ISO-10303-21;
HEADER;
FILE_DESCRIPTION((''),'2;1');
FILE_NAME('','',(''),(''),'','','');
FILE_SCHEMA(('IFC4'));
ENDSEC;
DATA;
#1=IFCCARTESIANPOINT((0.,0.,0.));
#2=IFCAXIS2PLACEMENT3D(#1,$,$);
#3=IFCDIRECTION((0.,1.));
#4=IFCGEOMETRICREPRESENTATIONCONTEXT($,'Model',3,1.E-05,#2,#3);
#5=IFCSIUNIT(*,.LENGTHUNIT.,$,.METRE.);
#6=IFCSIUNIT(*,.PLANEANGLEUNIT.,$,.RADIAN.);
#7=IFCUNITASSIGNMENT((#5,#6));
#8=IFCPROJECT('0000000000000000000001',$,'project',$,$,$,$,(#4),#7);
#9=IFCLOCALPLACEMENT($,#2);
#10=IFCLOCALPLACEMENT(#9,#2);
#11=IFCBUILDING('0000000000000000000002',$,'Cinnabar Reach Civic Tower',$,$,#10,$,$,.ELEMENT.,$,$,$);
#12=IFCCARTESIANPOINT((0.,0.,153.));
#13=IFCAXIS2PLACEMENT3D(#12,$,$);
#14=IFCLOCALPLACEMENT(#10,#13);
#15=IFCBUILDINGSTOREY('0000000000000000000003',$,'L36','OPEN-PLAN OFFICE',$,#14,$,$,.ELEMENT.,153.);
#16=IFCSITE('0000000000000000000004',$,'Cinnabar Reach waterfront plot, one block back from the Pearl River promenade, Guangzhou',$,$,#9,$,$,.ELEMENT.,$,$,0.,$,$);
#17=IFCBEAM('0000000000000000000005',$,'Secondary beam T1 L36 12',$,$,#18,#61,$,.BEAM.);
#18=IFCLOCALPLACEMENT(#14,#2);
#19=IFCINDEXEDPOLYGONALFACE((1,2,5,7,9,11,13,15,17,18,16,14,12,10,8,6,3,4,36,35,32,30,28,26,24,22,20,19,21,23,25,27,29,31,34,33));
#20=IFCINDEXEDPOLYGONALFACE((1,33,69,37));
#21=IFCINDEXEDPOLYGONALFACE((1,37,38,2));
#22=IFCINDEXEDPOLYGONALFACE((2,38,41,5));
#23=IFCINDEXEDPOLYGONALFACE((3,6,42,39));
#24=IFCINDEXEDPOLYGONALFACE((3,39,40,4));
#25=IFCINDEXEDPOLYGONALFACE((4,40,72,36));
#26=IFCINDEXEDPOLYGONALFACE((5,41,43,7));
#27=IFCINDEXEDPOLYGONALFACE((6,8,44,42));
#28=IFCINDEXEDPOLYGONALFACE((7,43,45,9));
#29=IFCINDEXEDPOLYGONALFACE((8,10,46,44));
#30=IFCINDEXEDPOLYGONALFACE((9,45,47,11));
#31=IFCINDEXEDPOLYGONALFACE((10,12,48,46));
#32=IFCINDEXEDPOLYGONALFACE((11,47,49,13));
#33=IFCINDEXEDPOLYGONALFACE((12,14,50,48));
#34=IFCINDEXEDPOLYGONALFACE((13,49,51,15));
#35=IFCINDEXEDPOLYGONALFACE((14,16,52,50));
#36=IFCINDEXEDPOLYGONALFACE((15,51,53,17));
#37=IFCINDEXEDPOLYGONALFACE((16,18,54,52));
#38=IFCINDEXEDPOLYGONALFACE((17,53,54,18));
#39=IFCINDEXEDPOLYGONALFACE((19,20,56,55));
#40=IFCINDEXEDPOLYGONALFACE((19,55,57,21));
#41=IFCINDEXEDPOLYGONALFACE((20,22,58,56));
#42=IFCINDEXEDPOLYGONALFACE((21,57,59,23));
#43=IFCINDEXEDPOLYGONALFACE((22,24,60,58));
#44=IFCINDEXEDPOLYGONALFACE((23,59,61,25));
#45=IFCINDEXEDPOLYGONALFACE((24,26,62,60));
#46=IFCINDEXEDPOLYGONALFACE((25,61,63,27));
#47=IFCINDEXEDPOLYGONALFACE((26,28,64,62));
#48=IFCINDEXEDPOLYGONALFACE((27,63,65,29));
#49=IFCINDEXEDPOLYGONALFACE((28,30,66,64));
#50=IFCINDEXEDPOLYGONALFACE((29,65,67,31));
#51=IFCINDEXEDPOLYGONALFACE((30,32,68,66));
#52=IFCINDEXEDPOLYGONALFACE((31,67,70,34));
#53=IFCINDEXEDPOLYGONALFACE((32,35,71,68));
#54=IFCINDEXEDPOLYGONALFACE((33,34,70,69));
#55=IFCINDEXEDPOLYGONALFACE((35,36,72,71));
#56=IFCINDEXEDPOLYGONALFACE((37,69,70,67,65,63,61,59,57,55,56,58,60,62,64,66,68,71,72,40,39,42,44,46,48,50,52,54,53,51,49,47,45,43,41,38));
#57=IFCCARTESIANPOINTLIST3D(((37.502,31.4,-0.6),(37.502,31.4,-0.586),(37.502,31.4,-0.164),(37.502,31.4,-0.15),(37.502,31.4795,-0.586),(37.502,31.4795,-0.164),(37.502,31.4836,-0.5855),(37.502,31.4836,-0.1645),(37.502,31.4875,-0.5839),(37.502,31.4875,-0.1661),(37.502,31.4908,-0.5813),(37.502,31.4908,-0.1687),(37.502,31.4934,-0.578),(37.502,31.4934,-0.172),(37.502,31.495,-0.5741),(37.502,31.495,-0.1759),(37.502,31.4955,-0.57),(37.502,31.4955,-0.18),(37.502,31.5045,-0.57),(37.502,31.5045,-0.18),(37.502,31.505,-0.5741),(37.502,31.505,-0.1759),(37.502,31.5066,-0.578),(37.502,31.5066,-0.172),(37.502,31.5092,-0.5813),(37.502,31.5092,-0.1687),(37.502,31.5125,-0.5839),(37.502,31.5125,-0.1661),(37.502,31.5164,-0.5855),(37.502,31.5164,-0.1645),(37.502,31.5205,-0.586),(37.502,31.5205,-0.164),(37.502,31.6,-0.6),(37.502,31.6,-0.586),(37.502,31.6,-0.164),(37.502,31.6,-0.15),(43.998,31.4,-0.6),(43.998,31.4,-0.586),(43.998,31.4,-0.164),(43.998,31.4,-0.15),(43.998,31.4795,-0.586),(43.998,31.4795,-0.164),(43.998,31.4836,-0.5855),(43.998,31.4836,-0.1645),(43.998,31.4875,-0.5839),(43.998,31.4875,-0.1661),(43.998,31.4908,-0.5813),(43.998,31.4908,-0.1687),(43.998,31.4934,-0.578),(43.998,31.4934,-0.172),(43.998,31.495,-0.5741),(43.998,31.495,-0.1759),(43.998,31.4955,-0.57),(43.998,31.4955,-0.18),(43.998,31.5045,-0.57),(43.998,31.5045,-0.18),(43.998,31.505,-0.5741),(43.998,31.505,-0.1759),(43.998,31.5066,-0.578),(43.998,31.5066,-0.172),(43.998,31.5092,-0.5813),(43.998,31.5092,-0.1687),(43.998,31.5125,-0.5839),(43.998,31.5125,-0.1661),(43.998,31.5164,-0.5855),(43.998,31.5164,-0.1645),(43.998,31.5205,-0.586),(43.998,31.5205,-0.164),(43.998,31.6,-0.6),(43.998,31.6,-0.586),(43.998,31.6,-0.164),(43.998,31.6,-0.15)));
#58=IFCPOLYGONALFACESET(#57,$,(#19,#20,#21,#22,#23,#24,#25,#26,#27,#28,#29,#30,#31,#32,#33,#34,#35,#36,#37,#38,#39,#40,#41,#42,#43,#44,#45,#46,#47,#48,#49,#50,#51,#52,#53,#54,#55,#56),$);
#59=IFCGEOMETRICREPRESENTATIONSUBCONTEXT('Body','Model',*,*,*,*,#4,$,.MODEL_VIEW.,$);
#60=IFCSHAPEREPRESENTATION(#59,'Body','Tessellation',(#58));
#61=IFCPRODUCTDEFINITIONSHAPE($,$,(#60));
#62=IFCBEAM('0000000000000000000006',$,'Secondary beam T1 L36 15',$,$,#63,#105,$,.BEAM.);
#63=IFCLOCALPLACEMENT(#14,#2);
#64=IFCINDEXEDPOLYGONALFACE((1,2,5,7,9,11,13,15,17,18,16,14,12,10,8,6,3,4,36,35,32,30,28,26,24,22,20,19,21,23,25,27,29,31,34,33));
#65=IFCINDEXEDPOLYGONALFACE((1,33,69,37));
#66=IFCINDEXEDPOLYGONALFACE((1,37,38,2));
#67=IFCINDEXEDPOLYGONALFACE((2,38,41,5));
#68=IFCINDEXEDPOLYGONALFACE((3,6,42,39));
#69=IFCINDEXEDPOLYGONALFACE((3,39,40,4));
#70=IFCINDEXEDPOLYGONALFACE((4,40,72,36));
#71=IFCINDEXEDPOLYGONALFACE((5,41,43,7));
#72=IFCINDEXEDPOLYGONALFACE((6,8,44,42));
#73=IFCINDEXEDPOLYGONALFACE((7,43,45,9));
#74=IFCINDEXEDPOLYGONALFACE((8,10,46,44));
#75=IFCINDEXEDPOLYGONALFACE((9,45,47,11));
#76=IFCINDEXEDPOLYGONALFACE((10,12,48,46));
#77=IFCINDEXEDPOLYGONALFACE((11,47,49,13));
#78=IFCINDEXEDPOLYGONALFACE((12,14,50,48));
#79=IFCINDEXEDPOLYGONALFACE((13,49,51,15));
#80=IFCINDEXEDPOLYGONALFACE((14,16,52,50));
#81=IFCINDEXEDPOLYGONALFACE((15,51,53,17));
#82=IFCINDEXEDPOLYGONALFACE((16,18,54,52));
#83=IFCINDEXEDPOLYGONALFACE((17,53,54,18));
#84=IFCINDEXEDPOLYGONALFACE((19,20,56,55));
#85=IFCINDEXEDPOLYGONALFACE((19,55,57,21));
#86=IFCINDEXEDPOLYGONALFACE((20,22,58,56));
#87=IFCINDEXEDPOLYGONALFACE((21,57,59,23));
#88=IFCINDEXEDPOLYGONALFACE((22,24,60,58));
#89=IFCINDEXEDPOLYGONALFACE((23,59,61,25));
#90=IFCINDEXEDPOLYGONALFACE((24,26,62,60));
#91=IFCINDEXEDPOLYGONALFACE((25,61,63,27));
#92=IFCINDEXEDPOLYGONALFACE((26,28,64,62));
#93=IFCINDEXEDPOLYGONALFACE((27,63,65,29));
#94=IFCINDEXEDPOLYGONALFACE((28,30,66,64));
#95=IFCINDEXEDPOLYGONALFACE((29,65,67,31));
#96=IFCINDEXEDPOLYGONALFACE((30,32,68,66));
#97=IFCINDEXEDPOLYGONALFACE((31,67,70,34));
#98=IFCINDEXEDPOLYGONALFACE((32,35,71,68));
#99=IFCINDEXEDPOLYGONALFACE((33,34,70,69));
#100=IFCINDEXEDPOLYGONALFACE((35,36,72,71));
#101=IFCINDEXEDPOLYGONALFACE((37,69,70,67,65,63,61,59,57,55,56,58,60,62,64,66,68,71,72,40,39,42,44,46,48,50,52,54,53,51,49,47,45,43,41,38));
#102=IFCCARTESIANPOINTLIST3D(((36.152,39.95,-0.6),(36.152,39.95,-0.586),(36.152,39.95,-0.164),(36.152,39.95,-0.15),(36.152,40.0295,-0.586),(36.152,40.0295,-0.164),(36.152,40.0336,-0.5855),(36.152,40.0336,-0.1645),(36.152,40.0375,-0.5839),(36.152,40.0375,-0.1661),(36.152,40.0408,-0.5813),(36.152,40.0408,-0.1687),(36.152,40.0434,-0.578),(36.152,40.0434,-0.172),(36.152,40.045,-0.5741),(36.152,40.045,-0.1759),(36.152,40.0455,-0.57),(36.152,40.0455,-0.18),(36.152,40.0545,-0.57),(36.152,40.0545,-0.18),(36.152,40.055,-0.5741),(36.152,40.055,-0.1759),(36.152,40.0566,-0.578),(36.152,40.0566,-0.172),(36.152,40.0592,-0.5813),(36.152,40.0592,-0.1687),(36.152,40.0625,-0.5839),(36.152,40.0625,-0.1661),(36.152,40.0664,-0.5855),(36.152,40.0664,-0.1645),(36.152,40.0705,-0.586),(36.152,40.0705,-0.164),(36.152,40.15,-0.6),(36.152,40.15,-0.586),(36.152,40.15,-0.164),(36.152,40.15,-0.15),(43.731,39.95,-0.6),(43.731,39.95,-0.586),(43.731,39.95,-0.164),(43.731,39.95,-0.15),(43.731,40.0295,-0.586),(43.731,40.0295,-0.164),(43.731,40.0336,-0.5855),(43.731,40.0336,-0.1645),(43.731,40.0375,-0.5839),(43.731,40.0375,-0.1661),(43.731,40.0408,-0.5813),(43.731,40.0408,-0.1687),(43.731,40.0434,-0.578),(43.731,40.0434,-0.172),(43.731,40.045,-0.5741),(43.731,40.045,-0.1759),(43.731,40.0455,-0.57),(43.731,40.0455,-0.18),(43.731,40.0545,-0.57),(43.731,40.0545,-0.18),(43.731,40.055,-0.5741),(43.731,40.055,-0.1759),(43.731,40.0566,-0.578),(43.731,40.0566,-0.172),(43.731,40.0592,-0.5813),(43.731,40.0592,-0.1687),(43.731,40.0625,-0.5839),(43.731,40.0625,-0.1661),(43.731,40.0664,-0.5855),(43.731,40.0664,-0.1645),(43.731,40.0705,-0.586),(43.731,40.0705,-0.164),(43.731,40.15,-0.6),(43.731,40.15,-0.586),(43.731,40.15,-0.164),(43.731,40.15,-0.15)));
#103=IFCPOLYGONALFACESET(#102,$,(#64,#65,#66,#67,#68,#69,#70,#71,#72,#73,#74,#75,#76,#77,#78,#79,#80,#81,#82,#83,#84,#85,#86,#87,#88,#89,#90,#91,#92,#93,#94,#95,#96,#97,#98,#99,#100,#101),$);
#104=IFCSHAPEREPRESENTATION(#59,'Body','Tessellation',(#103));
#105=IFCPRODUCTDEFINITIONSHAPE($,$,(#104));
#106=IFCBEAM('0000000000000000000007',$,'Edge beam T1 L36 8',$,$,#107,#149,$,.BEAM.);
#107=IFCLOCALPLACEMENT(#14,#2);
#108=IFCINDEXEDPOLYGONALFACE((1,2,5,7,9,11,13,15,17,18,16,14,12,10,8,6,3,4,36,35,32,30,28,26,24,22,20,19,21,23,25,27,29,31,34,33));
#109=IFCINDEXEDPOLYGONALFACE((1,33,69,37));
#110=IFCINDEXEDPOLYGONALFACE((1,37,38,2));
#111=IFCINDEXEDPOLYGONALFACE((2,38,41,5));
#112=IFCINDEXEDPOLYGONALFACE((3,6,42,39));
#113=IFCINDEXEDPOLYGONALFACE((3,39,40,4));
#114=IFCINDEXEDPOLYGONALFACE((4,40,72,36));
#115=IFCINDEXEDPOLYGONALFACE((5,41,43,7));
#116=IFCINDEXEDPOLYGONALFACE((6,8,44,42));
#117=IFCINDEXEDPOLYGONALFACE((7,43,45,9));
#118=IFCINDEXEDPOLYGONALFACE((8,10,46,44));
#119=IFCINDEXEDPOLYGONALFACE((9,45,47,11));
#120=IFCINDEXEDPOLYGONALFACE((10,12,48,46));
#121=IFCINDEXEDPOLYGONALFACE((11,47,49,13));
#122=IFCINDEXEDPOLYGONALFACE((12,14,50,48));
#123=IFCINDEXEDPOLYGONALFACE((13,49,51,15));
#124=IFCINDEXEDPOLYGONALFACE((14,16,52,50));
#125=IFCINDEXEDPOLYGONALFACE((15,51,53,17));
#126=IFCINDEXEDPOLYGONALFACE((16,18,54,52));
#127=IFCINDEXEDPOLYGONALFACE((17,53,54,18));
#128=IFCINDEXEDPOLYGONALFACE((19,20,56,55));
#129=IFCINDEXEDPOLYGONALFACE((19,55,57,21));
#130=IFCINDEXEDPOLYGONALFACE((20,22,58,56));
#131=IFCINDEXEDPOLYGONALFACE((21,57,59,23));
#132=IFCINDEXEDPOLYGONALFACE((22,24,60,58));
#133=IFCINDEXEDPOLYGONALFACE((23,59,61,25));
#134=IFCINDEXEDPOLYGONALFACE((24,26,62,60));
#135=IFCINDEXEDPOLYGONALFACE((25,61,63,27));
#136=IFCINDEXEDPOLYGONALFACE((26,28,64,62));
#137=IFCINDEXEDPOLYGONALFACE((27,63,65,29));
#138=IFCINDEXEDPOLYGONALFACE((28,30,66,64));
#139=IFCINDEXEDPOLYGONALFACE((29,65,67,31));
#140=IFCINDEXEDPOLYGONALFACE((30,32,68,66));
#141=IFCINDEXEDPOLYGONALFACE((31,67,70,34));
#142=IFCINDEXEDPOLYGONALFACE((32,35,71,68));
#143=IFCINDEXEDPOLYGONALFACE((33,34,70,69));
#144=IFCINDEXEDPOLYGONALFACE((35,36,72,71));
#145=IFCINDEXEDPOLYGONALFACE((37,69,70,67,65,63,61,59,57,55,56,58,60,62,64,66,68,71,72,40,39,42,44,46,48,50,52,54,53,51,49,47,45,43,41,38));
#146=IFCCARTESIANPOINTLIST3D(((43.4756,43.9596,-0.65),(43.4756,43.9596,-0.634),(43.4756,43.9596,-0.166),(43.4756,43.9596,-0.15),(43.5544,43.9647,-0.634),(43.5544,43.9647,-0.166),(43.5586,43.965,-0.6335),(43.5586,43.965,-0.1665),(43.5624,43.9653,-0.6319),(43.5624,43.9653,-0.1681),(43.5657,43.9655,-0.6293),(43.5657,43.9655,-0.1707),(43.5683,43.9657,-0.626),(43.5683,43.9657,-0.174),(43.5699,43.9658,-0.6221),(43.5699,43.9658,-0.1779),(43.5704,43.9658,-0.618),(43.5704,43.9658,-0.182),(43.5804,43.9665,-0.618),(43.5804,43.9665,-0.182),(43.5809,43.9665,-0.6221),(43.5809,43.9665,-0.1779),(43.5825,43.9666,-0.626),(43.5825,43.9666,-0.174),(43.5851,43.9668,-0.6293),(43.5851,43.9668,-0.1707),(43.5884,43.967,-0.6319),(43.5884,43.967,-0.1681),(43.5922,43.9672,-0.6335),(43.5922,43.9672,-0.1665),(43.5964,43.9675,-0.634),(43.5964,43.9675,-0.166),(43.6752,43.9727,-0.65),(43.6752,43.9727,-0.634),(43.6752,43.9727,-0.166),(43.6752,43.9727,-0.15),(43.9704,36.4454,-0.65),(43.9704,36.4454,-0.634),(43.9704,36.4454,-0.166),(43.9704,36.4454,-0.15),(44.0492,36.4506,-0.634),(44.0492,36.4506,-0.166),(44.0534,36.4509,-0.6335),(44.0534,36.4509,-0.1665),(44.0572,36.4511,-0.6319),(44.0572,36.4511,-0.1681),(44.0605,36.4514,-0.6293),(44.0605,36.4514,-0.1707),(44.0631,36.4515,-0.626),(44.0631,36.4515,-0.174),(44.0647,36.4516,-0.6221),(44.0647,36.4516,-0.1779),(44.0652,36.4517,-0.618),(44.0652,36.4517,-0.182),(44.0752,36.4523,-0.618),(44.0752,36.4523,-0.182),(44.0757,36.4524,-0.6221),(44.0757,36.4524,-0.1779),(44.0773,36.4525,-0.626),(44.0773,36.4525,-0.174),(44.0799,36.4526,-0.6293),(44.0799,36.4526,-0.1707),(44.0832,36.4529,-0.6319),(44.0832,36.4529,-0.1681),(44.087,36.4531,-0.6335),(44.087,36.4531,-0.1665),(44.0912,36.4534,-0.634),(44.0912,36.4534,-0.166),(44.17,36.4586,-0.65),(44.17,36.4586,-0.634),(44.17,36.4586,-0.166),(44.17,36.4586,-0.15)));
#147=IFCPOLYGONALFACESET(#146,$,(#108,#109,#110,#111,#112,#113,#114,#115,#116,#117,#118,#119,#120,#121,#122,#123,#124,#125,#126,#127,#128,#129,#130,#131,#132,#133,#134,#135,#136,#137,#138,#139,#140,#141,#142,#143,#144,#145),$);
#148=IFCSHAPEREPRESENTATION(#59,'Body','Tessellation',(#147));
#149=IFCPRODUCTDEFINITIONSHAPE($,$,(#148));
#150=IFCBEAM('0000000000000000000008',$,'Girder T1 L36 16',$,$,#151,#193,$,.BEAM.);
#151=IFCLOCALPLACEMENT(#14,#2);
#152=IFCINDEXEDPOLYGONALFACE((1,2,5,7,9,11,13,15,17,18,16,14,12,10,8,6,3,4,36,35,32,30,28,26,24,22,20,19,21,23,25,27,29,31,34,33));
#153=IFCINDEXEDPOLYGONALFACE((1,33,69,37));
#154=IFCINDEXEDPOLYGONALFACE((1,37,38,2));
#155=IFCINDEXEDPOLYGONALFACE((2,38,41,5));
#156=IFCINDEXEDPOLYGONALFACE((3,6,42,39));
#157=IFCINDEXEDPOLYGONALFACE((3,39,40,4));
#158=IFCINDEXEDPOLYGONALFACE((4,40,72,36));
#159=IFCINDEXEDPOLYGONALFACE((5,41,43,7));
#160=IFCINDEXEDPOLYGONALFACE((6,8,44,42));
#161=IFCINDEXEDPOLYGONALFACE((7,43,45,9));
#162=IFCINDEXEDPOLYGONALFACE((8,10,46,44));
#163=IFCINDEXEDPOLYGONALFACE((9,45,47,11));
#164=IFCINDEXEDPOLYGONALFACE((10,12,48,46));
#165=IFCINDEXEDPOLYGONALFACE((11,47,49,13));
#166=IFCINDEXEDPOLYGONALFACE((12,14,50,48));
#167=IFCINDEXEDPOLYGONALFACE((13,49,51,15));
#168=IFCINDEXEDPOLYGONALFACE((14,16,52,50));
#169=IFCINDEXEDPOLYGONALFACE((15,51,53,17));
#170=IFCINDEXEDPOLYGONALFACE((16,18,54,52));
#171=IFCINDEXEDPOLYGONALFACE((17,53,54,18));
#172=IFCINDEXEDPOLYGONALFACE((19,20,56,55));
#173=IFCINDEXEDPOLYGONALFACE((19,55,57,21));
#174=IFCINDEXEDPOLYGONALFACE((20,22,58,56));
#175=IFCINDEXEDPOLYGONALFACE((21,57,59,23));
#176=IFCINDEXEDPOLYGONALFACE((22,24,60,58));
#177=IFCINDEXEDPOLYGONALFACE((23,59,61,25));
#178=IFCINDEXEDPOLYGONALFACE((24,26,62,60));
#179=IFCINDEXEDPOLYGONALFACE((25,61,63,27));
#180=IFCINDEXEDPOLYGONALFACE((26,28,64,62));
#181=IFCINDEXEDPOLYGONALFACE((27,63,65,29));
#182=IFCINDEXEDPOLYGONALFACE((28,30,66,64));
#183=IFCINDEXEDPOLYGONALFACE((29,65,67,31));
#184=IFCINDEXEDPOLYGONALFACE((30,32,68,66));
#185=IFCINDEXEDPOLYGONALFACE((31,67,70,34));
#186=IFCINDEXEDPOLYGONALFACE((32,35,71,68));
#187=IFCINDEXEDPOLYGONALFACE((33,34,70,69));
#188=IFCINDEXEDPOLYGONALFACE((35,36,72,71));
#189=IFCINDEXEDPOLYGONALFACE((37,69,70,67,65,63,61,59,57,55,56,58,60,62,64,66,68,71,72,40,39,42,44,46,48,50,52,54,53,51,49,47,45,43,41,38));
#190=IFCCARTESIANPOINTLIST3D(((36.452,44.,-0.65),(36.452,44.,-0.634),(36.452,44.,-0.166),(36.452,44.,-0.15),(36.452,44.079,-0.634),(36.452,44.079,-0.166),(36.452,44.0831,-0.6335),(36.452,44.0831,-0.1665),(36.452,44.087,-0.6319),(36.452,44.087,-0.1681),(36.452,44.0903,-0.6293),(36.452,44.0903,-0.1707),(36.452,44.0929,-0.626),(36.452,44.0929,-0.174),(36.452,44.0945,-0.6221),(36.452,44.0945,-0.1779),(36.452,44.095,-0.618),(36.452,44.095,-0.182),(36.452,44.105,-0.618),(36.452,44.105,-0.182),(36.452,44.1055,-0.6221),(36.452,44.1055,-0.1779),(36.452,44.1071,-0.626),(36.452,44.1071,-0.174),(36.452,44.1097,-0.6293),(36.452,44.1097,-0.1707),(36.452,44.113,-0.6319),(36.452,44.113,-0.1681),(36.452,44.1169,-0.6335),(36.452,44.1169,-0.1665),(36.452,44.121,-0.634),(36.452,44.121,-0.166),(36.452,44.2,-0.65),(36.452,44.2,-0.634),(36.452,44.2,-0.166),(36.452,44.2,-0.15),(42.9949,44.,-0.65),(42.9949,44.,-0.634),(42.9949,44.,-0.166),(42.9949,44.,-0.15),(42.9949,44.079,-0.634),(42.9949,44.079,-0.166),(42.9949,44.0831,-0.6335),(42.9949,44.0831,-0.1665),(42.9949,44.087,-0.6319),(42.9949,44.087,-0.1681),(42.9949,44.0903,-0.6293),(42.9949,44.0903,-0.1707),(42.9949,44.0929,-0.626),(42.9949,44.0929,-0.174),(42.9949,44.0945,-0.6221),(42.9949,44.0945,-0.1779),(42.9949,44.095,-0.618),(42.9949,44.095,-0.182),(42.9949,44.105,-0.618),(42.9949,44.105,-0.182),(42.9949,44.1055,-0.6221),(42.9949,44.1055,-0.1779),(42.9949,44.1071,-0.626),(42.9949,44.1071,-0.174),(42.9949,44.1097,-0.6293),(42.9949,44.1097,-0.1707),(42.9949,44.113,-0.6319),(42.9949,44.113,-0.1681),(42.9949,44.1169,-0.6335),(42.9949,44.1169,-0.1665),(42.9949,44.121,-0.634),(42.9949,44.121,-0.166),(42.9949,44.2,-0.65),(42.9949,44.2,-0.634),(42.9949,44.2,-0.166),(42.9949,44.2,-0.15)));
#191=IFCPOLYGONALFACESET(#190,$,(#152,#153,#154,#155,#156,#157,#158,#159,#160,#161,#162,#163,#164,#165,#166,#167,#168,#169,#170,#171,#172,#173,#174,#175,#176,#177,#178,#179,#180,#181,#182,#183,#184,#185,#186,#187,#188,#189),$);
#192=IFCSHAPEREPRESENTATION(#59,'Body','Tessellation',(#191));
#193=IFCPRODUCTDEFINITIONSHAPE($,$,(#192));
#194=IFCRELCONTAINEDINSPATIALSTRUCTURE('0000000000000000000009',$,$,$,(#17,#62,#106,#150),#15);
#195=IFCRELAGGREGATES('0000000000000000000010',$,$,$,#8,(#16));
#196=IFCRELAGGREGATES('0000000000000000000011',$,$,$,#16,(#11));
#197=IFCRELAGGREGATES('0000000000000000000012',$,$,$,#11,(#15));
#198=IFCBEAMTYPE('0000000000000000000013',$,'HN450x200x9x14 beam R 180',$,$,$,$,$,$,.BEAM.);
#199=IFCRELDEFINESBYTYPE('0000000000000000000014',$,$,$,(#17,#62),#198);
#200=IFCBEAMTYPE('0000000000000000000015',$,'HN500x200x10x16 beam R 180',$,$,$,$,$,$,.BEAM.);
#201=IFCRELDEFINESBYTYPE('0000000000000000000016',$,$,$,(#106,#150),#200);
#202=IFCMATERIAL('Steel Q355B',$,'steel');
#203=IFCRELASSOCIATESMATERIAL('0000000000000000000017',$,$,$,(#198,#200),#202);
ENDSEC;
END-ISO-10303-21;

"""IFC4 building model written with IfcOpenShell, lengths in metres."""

from ifc_helpers import new_model, si_unit, direction, frame, origin, origin_2d, place, context, subcontext, project, spatial, i_section, extrude, material, material_profile, profile_set, type_object, element, save


model = new_model("IFC4")

# Units and contexts
model_context = context("Model", 3, precision=1e-05, world=origin(), true_north=direction((0.0, 1.0)))
body_context = subcontext(model_context, "Body", "Model", "MODEL_VIEW")
ifc_project = project(units=[si_unit("LENGTHUNIT", "METRE"), si_unit("PLANEANGLEUNIT", "RADIAN")], contexts=[model_context])

# Site, building, storey
site_placement = place(None, origin())
site = spatial("IfcSite", under=ifc_project, at=site_placement, Name="Cinnabar Reach waterfront plot, one block back from the Pearl River promenade, Guangzhou", CompositionType="ELEMENT", RefElevation=0.0)
building_placement = place(site_placement, origin())
building = spatial("IfcBuilding", under=site, at=building_placement, Name="Cinnabar Reach Civic Tower", CompositionType="ELEMENT")
storey_placement = place(building_placement, frame((0.0, 0.0, 153.0)))
storey = spatial("IfcBuildingStorey", under=building, at=storey_placement, Name="L36", Description="OPEN-PLAN OFFICE", CompositionType="ELEMENT", Elevation=153.0)

# Beams
ifc_material_1 = material(Name="Steel Q355B", Category="steel")
ifc_material_profile_1 = material_profile(ifc_material_1, i_section(OverallWidth=0.2, OverallDepth=0.45, WebThickness=0.009, FlangeThickness=0.014, FilletRadius=0.016, at=origin_2d()), Name="HN450x200x9x14")
ifc_profile_set_1 = profile_set([ifc_material_profile_1], Name="Steel Q355B")
beam_type_1 = type_object("IfcBeamType", Name="HN450x200x9x14 beam R 180", PredefinedType="BEAM", material=ifc_profile_set_1)
beam_1_placement = place(storey_placement, frame((37.502, 31.5, -0.375), z_axis=(1.0, 0.0, 0.0), x_axis=(0.0, 1.0, 0.0)))
element("IfcBeam", 1, at=beam_1_placement, inside=storey, type_object=beam_type_1, Name="Secondary beam T1 L36 12", PredefinedType="BEAM", context=body_context, shape_type="SweptSolid", body=[
    extrude(i_section(OverallWidth=0.2, OverallDepth=0.45, WebThickness=0.009, FlangeThickness=0.014, FilletRadius=0.016, at=origin_2d()), origin(), (0.0, 0.0, 1.0), 6.496),
])
beam_2_placement = place(storey_placement, frame((36.152, 40.05, -0.375), z_axis=(1.0, 0.0, 0.0), x_axis=(0.0, 1.0, 0.0)))
element("IfcBeam", 2, at=beam_2_placement, inside=storey, type_object=beam_type_1, Name="Secondary beam T1 L36 15", PredefinedType="BEAM", context=body_context, shape_type="SweptSolid", body=[
    extrude(i_section(OverallWidth=0.2, OverallDepth=0.45, WebThickness=0.009, FlangeThickness=0.014, FilletRadius=0.016, at=origin_2d()), origin(), (0.0, 0.0, 1.0), 7.579),
])
ifc_material_profile_2 = material_profile(ifc_material_1, i_section(OverallWidth=0.2, OverallDepth=0.5, WebThickness=0.01, FlangeThickness=0.016, FilletRadius=0.016, at=origin_2d()), Name="HN500x200x10x16")
ifc_profile_set_2 = profile_set([ifc_material_profile_2], Name="Steel Q355B")
beam_type_2 = type_object("IfcBeamType", Name="HN500x200x10x16 beam R 180", PredefinedType="BEAM", material=ifc_profile_set_2)
beam_3_placement = place(storey_placement, frame((44.0702, 36.452, -0.4), z_axis=(-0.065707, 0.997839, 0.0), x_axis=(-0.997839, -0.065707, 0.0)))
element("IfcBeam", 3, at=beam_3_placement, inside=storey, type_object=beam_type_2, Name="Edge beam T1 L36 8", PredefinedType="BEAM", context=body_context, shape_type="SweptSolid", body=[
    extrude(i_section(OverallWidth=0.2, OverallDepth=0.5, WebThickness=0.01, FlangeThickness=0.016, FilletRadius=0.016, at=origin_2d()), origin(), (0.0, 0.0, 1.0), 7.5304),
])
beam_4_placement = place(storey_placement, frame((36.452, 44.1, -0.4), z_axis=(1.0, 0.0, 0.0), x_axis=(0.0, 1.0, 0.0)))
element("IfcBeam", 4, at=beam_4_placement, inside=storey, type_object=beam_type_2, Name="Girder T1 L36 16", PredefinedType="BEAM", context=body_context, shape_type="SweptSolid", body=[
    extrude(i_section(OverallWidth=0.2, OverallDepth=0.5, WebThickness=0.01, FlangeThickness=0.016, FilletRadius=0.016, at=origin_2d()), origin(), (0.0, 0.0, 1.0), 6.5429),
])

save(model, "model.ifc")
